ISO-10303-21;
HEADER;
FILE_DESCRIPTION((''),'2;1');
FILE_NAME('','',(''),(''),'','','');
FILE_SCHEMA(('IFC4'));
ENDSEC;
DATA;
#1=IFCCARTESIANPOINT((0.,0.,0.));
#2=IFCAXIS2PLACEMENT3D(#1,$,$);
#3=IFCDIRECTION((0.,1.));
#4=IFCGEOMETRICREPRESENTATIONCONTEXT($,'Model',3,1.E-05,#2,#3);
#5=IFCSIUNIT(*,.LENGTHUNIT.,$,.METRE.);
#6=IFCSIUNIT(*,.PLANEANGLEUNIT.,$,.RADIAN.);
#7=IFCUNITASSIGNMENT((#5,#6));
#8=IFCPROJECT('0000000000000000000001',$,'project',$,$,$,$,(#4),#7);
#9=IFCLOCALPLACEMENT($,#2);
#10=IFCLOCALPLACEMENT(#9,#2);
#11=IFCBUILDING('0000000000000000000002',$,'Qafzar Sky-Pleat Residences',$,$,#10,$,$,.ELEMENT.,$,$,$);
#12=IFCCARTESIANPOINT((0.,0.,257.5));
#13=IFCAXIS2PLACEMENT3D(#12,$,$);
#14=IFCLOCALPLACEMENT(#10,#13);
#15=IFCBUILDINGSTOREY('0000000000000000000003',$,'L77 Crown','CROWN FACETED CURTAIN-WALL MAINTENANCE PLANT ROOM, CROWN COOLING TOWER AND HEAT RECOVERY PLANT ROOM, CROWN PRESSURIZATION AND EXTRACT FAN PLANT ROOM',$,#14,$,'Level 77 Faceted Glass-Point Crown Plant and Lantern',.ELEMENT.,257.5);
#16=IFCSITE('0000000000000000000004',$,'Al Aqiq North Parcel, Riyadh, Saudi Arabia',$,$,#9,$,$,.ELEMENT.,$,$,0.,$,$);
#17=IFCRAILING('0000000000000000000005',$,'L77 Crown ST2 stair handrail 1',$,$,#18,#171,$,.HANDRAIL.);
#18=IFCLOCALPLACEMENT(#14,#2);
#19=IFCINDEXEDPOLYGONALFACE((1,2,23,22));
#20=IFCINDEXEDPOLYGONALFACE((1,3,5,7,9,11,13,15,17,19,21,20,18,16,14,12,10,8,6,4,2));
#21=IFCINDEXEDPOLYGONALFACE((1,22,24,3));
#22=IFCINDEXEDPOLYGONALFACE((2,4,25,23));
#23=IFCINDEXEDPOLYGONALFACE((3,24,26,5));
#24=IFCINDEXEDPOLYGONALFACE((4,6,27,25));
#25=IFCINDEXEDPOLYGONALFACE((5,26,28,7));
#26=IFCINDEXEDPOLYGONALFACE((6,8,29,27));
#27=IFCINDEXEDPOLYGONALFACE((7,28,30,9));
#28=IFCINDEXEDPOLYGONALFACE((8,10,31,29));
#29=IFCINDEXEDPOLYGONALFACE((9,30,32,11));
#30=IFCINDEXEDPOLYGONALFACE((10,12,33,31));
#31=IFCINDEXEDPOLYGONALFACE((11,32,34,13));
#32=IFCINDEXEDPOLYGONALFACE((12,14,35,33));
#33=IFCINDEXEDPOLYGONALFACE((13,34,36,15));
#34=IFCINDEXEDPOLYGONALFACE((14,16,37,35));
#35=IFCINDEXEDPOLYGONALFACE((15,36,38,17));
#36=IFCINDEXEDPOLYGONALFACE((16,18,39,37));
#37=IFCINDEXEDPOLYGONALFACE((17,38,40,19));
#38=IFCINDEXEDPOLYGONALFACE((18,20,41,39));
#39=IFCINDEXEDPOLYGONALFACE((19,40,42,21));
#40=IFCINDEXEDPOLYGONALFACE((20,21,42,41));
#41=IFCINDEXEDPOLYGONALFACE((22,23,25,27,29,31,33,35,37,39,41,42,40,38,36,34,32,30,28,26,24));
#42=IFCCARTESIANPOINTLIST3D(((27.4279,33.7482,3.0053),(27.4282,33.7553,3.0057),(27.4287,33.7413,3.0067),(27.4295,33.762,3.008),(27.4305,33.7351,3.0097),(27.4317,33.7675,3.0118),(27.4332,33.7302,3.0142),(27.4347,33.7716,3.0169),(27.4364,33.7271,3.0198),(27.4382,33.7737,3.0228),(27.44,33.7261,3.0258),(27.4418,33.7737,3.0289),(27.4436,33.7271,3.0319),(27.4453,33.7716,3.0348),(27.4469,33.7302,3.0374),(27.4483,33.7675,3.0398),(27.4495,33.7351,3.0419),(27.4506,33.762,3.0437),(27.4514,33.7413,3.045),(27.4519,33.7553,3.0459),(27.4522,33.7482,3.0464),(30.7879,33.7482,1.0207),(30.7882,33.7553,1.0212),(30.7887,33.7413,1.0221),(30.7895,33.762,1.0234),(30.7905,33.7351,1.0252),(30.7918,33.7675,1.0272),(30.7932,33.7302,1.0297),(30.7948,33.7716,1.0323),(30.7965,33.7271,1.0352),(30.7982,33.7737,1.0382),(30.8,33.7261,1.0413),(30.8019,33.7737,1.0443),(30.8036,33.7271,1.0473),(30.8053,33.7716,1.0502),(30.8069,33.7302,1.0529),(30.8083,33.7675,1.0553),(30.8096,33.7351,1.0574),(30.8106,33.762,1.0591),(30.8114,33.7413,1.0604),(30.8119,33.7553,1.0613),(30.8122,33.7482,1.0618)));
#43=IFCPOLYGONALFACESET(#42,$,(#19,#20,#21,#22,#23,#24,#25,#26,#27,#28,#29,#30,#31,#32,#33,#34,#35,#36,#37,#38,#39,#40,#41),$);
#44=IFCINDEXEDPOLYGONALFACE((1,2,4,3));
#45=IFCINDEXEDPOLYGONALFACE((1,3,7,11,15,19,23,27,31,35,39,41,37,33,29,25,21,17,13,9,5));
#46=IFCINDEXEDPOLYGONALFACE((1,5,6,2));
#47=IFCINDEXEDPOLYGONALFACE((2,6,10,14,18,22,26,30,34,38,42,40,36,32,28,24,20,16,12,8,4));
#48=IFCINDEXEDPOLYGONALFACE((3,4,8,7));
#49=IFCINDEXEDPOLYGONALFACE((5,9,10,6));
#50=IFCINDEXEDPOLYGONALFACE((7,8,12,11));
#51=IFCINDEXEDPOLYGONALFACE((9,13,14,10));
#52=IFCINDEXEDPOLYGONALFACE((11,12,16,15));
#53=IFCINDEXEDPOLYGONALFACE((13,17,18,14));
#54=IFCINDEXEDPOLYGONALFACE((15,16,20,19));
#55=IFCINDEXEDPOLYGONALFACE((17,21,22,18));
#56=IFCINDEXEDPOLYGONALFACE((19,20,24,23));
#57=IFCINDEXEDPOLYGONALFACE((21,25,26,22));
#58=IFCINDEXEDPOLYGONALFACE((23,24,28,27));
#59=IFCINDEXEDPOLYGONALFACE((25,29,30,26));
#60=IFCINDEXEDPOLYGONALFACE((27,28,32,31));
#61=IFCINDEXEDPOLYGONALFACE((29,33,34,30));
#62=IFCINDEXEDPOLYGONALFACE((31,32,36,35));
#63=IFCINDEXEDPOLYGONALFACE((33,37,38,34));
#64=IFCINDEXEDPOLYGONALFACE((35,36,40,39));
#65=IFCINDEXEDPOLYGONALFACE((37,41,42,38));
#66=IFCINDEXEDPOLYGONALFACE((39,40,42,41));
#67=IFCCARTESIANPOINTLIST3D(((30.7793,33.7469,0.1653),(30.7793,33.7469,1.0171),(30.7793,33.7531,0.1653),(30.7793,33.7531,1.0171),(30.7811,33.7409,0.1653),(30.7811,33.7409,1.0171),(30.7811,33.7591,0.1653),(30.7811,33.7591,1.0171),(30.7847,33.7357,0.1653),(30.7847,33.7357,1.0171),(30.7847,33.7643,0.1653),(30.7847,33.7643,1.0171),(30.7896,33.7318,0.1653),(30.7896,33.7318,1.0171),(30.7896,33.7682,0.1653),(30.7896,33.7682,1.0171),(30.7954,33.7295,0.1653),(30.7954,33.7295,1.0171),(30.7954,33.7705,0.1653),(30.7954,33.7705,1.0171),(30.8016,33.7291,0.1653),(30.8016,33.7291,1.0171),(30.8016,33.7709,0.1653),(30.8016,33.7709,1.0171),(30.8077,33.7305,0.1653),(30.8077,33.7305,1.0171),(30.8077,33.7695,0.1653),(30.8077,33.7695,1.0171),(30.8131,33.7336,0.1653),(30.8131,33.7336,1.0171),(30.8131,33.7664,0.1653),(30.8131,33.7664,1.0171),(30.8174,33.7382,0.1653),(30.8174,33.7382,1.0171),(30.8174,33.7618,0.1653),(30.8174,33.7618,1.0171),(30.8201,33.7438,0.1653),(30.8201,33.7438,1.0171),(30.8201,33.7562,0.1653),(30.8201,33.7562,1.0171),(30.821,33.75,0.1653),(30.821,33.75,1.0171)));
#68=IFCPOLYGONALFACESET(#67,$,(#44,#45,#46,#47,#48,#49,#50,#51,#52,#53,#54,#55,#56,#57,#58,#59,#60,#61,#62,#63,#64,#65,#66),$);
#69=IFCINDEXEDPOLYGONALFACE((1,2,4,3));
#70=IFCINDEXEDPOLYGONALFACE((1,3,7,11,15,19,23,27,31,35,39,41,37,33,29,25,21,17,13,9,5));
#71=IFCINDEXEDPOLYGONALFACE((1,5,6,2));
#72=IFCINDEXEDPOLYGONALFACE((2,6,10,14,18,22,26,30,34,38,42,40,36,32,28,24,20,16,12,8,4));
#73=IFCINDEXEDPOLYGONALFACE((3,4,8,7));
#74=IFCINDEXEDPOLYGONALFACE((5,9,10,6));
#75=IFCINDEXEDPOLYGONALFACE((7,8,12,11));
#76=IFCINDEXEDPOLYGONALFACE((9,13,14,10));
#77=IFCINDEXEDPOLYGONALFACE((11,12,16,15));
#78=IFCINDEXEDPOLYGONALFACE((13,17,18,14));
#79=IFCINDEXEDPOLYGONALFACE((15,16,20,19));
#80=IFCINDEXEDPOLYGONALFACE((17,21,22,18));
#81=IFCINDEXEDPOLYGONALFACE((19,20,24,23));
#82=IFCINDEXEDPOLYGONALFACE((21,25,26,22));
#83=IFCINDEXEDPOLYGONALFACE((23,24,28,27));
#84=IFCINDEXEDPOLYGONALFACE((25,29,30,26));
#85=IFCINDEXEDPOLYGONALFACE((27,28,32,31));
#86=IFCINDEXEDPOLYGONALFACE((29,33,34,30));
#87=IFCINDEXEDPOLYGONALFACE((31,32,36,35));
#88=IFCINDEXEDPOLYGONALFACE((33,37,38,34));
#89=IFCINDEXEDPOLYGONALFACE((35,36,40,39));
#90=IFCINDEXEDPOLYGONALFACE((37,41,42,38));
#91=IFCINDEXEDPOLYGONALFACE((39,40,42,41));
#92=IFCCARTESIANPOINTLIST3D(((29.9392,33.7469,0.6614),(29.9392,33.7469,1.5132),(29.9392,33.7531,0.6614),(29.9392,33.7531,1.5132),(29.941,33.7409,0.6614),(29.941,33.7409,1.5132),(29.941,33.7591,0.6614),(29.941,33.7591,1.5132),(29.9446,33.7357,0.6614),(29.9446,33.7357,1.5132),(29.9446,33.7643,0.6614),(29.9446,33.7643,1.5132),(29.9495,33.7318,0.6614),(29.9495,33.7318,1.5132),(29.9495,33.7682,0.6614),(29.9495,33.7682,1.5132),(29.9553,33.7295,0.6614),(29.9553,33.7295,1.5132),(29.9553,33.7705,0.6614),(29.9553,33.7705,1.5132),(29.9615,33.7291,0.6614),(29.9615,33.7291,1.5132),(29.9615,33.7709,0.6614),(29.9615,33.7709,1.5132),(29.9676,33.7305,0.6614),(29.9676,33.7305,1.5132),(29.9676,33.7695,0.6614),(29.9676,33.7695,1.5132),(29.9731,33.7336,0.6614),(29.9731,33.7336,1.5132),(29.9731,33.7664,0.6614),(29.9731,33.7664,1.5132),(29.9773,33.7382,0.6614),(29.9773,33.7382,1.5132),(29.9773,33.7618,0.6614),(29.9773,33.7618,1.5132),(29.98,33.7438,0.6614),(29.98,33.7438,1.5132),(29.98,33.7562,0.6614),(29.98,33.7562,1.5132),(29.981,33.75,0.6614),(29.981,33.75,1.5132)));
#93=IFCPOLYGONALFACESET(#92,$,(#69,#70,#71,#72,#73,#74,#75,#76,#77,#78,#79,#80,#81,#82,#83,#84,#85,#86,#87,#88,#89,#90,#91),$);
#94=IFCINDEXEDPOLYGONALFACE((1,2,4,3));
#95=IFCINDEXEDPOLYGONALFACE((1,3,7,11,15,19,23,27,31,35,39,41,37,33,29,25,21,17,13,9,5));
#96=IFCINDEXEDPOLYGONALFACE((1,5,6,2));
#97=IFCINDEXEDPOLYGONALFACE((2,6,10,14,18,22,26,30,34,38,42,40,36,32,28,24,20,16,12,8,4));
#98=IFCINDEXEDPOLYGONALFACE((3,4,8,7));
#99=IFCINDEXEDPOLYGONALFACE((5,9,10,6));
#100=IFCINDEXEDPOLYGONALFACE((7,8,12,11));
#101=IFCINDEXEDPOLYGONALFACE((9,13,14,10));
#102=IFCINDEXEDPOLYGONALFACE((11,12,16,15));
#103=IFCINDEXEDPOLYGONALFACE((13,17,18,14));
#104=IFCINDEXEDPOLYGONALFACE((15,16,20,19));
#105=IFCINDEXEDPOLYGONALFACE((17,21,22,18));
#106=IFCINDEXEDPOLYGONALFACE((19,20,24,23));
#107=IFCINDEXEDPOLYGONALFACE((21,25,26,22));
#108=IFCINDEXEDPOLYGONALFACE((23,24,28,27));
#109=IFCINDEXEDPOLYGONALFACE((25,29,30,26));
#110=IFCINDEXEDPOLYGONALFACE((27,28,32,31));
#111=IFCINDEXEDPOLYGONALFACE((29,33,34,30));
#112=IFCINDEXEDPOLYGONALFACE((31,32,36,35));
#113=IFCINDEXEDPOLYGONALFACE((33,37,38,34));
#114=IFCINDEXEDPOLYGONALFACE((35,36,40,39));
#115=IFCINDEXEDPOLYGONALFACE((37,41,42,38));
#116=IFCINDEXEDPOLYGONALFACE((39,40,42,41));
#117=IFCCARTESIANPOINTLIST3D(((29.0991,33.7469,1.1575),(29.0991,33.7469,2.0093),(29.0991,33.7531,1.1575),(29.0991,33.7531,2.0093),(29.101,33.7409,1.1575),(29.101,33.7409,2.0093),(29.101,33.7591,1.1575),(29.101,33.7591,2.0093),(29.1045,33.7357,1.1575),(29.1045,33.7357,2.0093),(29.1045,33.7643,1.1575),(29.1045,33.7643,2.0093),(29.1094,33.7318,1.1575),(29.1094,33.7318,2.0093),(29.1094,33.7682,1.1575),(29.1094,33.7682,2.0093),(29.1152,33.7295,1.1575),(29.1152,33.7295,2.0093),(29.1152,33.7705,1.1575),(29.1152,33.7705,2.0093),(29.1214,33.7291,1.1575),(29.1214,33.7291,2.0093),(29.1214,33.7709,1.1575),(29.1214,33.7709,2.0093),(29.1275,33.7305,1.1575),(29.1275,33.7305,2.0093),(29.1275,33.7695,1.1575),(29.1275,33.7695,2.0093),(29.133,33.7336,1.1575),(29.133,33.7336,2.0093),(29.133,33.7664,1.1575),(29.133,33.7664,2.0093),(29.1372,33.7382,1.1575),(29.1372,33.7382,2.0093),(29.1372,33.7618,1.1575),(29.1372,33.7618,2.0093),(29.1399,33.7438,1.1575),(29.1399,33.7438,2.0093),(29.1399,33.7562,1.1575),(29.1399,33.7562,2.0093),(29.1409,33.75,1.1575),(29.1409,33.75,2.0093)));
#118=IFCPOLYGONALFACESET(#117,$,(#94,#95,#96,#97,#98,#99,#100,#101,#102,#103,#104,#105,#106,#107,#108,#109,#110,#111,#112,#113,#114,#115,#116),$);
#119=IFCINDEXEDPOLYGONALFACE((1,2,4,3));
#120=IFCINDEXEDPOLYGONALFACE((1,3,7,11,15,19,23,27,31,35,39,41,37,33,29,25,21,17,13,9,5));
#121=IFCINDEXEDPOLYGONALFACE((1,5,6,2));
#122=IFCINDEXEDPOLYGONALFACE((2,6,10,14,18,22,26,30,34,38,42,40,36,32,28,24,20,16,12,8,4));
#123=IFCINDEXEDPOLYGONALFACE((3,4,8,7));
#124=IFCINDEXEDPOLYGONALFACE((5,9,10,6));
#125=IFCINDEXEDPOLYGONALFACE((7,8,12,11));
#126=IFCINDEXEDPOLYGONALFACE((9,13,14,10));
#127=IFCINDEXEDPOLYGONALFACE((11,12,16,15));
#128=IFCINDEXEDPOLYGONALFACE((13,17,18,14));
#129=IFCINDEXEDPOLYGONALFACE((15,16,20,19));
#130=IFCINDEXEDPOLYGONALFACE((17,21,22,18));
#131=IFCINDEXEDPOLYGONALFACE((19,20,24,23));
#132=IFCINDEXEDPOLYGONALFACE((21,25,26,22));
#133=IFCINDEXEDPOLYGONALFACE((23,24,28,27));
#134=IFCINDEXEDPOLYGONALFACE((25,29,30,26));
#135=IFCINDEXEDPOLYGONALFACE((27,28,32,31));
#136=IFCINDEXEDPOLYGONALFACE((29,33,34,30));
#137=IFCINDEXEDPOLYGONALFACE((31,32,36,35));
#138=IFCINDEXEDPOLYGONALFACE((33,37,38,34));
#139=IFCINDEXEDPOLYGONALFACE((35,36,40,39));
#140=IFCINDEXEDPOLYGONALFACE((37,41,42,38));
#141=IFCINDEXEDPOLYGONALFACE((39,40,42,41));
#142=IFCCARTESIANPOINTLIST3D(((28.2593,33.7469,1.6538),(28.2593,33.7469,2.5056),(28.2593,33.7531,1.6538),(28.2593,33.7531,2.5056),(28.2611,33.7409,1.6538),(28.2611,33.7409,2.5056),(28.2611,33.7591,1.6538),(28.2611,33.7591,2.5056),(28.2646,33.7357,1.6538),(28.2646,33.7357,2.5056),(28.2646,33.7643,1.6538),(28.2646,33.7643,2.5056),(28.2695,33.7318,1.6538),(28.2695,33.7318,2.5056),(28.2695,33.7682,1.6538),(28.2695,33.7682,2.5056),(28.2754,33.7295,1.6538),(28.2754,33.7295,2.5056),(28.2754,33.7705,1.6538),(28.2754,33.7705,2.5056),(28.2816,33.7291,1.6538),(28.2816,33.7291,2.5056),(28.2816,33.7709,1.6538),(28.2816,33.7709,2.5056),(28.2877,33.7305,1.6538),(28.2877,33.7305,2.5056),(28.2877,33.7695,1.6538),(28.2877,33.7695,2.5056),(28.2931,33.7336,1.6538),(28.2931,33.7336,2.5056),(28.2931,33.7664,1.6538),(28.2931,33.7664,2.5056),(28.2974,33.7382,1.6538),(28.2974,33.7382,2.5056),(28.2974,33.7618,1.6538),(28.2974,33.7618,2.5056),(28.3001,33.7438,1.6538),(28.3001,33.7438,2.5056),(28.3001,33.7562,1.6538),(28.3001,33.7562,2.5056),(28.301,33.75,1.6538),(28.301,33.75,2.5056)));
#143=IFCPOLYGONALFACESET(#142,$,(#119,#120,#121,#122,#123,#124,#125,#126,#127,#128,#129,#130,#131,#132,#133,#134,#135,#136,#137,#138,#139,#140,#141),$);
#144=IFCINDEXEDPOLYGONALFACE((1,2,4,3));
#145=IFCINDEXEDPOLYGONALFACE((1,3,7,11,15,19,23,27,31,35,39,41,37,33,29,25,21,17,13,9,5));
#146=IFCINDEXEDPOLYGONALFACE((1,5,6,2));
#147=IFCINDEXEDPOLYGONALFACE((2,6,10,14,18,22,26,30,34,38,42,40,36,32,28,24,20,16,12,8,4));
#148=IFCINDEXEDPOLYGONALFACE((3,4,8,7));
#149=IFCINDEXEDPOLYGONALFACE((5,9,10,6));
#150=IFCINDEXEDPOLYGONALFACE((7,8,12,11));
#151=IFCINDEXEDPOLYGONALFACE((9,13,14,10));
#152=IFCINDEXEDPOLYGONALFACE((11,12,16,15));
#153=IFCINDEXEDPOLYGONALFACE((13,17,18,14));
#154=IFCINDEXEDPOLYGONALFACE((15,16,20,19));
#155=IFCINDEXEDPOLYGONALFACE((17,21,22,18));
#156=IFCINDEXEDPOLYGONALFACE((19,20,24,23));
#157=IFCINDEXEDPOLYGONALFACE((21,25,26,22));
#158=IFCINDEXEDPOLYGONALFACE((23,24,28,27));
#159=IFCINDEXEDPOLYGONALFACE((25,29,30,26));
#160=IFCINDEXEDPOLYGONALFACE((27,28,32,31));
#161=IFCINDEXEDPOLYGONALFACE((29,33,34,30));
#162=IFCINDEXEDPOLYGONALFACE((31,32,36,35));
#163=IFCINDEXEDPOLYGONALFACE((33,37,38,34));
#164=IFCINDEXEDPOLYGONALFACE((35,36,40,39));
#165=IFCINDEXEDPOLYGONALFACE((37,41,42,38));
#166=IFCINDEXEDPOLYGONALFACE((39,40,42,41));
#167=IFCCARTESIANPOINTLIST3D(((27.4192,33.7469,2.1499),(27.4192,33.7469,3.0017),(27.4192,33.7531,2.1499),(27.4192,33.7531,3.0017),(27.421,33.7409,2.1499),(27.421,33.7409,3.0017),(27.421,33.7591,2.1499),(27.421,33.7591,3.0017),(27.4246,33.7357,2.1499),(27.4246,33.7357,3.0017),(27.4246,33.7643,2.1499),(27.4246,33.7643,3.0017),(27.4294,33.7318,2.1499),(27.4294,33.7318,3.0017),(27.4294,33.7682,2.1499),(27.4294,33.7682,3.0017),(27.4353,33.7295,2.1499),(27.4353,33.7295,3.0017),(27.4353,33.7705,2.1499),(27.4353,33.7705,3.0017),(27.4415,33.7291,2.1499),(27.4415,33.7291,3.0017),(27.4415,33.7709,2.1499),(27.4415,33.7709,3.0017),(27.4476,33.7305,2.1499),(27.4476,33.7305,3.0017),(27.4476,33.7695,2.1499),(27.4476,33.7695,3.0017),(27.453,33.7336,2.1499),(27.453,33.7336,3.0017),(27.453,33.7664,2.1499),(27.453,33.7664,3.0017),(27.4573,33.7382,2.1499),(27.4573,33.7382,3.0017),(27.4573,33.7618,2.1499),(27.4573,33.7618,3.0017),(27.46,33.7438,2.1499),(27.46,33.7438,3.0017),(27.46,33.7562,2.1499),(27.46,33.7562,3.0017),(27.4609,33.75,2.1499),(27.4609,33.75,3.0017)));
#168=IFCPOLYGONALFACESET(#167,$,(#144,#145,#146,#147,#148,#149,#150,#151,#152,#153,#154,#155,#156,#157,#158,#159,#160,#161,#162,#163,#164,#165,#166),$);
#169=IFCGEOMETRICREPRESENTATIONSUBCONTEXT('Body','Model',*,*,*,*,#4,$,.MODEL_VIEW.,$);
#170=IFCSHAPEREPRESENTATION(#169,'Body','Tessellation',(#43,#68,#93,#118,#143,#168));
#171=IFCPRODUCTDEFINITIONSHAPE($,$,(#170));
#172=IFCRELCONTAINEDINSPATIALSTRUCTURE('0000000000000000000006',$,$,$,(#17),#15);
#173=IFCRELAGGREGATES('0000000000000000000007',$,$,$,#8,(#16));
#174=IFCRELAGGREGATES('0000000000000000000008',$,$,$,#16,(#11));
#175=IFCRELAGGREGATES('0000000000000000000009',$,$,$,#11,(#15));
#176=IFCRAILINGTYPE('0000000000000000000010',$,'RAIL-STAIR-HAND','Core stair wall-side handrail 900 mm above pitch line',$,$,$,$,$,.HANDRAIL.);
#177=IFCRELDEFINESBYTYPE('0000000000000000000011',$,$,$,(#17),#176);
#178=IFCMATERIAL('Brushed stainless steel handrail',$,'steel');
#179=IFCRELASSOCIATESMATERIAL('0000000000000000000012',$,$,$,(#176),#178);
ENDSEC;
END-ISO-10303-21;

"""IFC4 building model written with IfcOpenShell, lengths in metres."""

from ifc_helpers import new_model, si_unit, direction, frame, origin, origin_2d, place, context, subcontext, project, spatial, circle, extrude, source, transform, mapped, material, type_object, element, save


model = new_model("IFC4")

# Units and contexts
model_context = context("Model", 3, precision=1e-05, world=origin(), true_north=direction((0.0, 1.0)))
body_context = subcontext(model_context, "Body", "Model", "MODEL_VIEW")
ifc_project = project(units=[si_unit("LENGTHUNIT", "METRE"), si_unit("PLANEANGLEUNIT", "RADIAN")], contexts=[model_context])

# Site, building, storey
site_placement = place(None, origin())
site = spatial("IfcSite", under=ifc_project, at=site_placement, Name="Al Aqiq North Parcel, Riyadh, Saudi Arabia", CompositionType="ELEMENT", RefElevation=0.0)
building_placement = place(site_placement, origin())
building = spatial("IfcBuilding", under=site, at=building_placement, Name="Qafzar Sky-Pleat Residences", CompositionType="ELEMENT")
storey_placement = place(building_placement, frame((0.0, 0.0, 257.5)))
storey = spatial("IfcBuildingStorey", under=building, at=storey_placement, Name="L77 Crown", Description="CROWN FACETED CURTAIN-WALL MAINTENANCE PLANT ROOM, CROWN COOLING TOWER AND HEAT RECOVERY PLANT ROOM, CROWN PRESSURIZATION AND EXTRACT FAN PLANT ROOM", LongName="Level 77 Faceted Glass-Point Crown Plant and Lantern", CompositionType="ELEMENT", Elevation=257.5)

# Railing
ifc_material_1 = material(Name="Brushed stainless steel handrail", Category="steel")
railing_type_1 = type_object("IfcRailingType", Name="RAIL-STAIR-HAND", Description="Core stair wall-side handrail 900 mm above pitch line", PredefinedType="HANDRAIL", material=ifc_material_1)
shared_shape_1 = source(origin(), body_context, "Body", "SweptSolid", [
    extrude(circle(Radius=0.0239, at=origin_2d()), frame((0.0, 0.0, 0.876), z_axis=(-0.861027, 0.0, 0.508559), x_axis=(0.0, -1.0, 0.0)), (0.0, 0.0, 1.0), 3.9023),
    extrude(circle(Radius=0.021, at=origin_2d()), origin(), (0.0, 0.0, 1.0), 0.8518),
    extrude(circle(Radius=0.021, at=origin_2d()), frame((-0.8401, 0.0, 0.4961)), (0.0, 0.0, 1.0), 0.8518),
    extrude(circle(Radius=0.021, at=origin_2d()), frame((-1.6802, 0.0, 0.9922)), (0.0, 0.0, 1.0), 0.8518),
    extrude(circle(Radius=0.021, at=origin_2d()), frame((-2.52, 0.0, 1.4885)), (0.0, 0.0, 1.0), 0.8518),
    extrude(circle(Radius=0.021, at=origin_2d()), frame((-3.3601, 0.0, 1.9846)), (0.0, 0.0, 1.0), 0.8518),
])
railing_1_placement = place(storey_placement, frame((30.8, 33.75, 0.1653)))
element("IfcRailing", 1, at=railing_1_placement, inside=storey, type_object=railing_type_1, Name="L77 Crown ST2 stair handrail 1", PredefinedType="HANDRAIL", context=body_context, shape_type="MappedRepresentation", body=[
    mapped(shared_shape_1, transform((0.0, 0.0, 0.0), x_axis=(1.0, 0.0, 0.0), y_axis=(0.0, 1.0, 0.0), z_axis=(0.0, 0.0, 1.0), scale=1.0)),
])

save(model, "model.ifc")
